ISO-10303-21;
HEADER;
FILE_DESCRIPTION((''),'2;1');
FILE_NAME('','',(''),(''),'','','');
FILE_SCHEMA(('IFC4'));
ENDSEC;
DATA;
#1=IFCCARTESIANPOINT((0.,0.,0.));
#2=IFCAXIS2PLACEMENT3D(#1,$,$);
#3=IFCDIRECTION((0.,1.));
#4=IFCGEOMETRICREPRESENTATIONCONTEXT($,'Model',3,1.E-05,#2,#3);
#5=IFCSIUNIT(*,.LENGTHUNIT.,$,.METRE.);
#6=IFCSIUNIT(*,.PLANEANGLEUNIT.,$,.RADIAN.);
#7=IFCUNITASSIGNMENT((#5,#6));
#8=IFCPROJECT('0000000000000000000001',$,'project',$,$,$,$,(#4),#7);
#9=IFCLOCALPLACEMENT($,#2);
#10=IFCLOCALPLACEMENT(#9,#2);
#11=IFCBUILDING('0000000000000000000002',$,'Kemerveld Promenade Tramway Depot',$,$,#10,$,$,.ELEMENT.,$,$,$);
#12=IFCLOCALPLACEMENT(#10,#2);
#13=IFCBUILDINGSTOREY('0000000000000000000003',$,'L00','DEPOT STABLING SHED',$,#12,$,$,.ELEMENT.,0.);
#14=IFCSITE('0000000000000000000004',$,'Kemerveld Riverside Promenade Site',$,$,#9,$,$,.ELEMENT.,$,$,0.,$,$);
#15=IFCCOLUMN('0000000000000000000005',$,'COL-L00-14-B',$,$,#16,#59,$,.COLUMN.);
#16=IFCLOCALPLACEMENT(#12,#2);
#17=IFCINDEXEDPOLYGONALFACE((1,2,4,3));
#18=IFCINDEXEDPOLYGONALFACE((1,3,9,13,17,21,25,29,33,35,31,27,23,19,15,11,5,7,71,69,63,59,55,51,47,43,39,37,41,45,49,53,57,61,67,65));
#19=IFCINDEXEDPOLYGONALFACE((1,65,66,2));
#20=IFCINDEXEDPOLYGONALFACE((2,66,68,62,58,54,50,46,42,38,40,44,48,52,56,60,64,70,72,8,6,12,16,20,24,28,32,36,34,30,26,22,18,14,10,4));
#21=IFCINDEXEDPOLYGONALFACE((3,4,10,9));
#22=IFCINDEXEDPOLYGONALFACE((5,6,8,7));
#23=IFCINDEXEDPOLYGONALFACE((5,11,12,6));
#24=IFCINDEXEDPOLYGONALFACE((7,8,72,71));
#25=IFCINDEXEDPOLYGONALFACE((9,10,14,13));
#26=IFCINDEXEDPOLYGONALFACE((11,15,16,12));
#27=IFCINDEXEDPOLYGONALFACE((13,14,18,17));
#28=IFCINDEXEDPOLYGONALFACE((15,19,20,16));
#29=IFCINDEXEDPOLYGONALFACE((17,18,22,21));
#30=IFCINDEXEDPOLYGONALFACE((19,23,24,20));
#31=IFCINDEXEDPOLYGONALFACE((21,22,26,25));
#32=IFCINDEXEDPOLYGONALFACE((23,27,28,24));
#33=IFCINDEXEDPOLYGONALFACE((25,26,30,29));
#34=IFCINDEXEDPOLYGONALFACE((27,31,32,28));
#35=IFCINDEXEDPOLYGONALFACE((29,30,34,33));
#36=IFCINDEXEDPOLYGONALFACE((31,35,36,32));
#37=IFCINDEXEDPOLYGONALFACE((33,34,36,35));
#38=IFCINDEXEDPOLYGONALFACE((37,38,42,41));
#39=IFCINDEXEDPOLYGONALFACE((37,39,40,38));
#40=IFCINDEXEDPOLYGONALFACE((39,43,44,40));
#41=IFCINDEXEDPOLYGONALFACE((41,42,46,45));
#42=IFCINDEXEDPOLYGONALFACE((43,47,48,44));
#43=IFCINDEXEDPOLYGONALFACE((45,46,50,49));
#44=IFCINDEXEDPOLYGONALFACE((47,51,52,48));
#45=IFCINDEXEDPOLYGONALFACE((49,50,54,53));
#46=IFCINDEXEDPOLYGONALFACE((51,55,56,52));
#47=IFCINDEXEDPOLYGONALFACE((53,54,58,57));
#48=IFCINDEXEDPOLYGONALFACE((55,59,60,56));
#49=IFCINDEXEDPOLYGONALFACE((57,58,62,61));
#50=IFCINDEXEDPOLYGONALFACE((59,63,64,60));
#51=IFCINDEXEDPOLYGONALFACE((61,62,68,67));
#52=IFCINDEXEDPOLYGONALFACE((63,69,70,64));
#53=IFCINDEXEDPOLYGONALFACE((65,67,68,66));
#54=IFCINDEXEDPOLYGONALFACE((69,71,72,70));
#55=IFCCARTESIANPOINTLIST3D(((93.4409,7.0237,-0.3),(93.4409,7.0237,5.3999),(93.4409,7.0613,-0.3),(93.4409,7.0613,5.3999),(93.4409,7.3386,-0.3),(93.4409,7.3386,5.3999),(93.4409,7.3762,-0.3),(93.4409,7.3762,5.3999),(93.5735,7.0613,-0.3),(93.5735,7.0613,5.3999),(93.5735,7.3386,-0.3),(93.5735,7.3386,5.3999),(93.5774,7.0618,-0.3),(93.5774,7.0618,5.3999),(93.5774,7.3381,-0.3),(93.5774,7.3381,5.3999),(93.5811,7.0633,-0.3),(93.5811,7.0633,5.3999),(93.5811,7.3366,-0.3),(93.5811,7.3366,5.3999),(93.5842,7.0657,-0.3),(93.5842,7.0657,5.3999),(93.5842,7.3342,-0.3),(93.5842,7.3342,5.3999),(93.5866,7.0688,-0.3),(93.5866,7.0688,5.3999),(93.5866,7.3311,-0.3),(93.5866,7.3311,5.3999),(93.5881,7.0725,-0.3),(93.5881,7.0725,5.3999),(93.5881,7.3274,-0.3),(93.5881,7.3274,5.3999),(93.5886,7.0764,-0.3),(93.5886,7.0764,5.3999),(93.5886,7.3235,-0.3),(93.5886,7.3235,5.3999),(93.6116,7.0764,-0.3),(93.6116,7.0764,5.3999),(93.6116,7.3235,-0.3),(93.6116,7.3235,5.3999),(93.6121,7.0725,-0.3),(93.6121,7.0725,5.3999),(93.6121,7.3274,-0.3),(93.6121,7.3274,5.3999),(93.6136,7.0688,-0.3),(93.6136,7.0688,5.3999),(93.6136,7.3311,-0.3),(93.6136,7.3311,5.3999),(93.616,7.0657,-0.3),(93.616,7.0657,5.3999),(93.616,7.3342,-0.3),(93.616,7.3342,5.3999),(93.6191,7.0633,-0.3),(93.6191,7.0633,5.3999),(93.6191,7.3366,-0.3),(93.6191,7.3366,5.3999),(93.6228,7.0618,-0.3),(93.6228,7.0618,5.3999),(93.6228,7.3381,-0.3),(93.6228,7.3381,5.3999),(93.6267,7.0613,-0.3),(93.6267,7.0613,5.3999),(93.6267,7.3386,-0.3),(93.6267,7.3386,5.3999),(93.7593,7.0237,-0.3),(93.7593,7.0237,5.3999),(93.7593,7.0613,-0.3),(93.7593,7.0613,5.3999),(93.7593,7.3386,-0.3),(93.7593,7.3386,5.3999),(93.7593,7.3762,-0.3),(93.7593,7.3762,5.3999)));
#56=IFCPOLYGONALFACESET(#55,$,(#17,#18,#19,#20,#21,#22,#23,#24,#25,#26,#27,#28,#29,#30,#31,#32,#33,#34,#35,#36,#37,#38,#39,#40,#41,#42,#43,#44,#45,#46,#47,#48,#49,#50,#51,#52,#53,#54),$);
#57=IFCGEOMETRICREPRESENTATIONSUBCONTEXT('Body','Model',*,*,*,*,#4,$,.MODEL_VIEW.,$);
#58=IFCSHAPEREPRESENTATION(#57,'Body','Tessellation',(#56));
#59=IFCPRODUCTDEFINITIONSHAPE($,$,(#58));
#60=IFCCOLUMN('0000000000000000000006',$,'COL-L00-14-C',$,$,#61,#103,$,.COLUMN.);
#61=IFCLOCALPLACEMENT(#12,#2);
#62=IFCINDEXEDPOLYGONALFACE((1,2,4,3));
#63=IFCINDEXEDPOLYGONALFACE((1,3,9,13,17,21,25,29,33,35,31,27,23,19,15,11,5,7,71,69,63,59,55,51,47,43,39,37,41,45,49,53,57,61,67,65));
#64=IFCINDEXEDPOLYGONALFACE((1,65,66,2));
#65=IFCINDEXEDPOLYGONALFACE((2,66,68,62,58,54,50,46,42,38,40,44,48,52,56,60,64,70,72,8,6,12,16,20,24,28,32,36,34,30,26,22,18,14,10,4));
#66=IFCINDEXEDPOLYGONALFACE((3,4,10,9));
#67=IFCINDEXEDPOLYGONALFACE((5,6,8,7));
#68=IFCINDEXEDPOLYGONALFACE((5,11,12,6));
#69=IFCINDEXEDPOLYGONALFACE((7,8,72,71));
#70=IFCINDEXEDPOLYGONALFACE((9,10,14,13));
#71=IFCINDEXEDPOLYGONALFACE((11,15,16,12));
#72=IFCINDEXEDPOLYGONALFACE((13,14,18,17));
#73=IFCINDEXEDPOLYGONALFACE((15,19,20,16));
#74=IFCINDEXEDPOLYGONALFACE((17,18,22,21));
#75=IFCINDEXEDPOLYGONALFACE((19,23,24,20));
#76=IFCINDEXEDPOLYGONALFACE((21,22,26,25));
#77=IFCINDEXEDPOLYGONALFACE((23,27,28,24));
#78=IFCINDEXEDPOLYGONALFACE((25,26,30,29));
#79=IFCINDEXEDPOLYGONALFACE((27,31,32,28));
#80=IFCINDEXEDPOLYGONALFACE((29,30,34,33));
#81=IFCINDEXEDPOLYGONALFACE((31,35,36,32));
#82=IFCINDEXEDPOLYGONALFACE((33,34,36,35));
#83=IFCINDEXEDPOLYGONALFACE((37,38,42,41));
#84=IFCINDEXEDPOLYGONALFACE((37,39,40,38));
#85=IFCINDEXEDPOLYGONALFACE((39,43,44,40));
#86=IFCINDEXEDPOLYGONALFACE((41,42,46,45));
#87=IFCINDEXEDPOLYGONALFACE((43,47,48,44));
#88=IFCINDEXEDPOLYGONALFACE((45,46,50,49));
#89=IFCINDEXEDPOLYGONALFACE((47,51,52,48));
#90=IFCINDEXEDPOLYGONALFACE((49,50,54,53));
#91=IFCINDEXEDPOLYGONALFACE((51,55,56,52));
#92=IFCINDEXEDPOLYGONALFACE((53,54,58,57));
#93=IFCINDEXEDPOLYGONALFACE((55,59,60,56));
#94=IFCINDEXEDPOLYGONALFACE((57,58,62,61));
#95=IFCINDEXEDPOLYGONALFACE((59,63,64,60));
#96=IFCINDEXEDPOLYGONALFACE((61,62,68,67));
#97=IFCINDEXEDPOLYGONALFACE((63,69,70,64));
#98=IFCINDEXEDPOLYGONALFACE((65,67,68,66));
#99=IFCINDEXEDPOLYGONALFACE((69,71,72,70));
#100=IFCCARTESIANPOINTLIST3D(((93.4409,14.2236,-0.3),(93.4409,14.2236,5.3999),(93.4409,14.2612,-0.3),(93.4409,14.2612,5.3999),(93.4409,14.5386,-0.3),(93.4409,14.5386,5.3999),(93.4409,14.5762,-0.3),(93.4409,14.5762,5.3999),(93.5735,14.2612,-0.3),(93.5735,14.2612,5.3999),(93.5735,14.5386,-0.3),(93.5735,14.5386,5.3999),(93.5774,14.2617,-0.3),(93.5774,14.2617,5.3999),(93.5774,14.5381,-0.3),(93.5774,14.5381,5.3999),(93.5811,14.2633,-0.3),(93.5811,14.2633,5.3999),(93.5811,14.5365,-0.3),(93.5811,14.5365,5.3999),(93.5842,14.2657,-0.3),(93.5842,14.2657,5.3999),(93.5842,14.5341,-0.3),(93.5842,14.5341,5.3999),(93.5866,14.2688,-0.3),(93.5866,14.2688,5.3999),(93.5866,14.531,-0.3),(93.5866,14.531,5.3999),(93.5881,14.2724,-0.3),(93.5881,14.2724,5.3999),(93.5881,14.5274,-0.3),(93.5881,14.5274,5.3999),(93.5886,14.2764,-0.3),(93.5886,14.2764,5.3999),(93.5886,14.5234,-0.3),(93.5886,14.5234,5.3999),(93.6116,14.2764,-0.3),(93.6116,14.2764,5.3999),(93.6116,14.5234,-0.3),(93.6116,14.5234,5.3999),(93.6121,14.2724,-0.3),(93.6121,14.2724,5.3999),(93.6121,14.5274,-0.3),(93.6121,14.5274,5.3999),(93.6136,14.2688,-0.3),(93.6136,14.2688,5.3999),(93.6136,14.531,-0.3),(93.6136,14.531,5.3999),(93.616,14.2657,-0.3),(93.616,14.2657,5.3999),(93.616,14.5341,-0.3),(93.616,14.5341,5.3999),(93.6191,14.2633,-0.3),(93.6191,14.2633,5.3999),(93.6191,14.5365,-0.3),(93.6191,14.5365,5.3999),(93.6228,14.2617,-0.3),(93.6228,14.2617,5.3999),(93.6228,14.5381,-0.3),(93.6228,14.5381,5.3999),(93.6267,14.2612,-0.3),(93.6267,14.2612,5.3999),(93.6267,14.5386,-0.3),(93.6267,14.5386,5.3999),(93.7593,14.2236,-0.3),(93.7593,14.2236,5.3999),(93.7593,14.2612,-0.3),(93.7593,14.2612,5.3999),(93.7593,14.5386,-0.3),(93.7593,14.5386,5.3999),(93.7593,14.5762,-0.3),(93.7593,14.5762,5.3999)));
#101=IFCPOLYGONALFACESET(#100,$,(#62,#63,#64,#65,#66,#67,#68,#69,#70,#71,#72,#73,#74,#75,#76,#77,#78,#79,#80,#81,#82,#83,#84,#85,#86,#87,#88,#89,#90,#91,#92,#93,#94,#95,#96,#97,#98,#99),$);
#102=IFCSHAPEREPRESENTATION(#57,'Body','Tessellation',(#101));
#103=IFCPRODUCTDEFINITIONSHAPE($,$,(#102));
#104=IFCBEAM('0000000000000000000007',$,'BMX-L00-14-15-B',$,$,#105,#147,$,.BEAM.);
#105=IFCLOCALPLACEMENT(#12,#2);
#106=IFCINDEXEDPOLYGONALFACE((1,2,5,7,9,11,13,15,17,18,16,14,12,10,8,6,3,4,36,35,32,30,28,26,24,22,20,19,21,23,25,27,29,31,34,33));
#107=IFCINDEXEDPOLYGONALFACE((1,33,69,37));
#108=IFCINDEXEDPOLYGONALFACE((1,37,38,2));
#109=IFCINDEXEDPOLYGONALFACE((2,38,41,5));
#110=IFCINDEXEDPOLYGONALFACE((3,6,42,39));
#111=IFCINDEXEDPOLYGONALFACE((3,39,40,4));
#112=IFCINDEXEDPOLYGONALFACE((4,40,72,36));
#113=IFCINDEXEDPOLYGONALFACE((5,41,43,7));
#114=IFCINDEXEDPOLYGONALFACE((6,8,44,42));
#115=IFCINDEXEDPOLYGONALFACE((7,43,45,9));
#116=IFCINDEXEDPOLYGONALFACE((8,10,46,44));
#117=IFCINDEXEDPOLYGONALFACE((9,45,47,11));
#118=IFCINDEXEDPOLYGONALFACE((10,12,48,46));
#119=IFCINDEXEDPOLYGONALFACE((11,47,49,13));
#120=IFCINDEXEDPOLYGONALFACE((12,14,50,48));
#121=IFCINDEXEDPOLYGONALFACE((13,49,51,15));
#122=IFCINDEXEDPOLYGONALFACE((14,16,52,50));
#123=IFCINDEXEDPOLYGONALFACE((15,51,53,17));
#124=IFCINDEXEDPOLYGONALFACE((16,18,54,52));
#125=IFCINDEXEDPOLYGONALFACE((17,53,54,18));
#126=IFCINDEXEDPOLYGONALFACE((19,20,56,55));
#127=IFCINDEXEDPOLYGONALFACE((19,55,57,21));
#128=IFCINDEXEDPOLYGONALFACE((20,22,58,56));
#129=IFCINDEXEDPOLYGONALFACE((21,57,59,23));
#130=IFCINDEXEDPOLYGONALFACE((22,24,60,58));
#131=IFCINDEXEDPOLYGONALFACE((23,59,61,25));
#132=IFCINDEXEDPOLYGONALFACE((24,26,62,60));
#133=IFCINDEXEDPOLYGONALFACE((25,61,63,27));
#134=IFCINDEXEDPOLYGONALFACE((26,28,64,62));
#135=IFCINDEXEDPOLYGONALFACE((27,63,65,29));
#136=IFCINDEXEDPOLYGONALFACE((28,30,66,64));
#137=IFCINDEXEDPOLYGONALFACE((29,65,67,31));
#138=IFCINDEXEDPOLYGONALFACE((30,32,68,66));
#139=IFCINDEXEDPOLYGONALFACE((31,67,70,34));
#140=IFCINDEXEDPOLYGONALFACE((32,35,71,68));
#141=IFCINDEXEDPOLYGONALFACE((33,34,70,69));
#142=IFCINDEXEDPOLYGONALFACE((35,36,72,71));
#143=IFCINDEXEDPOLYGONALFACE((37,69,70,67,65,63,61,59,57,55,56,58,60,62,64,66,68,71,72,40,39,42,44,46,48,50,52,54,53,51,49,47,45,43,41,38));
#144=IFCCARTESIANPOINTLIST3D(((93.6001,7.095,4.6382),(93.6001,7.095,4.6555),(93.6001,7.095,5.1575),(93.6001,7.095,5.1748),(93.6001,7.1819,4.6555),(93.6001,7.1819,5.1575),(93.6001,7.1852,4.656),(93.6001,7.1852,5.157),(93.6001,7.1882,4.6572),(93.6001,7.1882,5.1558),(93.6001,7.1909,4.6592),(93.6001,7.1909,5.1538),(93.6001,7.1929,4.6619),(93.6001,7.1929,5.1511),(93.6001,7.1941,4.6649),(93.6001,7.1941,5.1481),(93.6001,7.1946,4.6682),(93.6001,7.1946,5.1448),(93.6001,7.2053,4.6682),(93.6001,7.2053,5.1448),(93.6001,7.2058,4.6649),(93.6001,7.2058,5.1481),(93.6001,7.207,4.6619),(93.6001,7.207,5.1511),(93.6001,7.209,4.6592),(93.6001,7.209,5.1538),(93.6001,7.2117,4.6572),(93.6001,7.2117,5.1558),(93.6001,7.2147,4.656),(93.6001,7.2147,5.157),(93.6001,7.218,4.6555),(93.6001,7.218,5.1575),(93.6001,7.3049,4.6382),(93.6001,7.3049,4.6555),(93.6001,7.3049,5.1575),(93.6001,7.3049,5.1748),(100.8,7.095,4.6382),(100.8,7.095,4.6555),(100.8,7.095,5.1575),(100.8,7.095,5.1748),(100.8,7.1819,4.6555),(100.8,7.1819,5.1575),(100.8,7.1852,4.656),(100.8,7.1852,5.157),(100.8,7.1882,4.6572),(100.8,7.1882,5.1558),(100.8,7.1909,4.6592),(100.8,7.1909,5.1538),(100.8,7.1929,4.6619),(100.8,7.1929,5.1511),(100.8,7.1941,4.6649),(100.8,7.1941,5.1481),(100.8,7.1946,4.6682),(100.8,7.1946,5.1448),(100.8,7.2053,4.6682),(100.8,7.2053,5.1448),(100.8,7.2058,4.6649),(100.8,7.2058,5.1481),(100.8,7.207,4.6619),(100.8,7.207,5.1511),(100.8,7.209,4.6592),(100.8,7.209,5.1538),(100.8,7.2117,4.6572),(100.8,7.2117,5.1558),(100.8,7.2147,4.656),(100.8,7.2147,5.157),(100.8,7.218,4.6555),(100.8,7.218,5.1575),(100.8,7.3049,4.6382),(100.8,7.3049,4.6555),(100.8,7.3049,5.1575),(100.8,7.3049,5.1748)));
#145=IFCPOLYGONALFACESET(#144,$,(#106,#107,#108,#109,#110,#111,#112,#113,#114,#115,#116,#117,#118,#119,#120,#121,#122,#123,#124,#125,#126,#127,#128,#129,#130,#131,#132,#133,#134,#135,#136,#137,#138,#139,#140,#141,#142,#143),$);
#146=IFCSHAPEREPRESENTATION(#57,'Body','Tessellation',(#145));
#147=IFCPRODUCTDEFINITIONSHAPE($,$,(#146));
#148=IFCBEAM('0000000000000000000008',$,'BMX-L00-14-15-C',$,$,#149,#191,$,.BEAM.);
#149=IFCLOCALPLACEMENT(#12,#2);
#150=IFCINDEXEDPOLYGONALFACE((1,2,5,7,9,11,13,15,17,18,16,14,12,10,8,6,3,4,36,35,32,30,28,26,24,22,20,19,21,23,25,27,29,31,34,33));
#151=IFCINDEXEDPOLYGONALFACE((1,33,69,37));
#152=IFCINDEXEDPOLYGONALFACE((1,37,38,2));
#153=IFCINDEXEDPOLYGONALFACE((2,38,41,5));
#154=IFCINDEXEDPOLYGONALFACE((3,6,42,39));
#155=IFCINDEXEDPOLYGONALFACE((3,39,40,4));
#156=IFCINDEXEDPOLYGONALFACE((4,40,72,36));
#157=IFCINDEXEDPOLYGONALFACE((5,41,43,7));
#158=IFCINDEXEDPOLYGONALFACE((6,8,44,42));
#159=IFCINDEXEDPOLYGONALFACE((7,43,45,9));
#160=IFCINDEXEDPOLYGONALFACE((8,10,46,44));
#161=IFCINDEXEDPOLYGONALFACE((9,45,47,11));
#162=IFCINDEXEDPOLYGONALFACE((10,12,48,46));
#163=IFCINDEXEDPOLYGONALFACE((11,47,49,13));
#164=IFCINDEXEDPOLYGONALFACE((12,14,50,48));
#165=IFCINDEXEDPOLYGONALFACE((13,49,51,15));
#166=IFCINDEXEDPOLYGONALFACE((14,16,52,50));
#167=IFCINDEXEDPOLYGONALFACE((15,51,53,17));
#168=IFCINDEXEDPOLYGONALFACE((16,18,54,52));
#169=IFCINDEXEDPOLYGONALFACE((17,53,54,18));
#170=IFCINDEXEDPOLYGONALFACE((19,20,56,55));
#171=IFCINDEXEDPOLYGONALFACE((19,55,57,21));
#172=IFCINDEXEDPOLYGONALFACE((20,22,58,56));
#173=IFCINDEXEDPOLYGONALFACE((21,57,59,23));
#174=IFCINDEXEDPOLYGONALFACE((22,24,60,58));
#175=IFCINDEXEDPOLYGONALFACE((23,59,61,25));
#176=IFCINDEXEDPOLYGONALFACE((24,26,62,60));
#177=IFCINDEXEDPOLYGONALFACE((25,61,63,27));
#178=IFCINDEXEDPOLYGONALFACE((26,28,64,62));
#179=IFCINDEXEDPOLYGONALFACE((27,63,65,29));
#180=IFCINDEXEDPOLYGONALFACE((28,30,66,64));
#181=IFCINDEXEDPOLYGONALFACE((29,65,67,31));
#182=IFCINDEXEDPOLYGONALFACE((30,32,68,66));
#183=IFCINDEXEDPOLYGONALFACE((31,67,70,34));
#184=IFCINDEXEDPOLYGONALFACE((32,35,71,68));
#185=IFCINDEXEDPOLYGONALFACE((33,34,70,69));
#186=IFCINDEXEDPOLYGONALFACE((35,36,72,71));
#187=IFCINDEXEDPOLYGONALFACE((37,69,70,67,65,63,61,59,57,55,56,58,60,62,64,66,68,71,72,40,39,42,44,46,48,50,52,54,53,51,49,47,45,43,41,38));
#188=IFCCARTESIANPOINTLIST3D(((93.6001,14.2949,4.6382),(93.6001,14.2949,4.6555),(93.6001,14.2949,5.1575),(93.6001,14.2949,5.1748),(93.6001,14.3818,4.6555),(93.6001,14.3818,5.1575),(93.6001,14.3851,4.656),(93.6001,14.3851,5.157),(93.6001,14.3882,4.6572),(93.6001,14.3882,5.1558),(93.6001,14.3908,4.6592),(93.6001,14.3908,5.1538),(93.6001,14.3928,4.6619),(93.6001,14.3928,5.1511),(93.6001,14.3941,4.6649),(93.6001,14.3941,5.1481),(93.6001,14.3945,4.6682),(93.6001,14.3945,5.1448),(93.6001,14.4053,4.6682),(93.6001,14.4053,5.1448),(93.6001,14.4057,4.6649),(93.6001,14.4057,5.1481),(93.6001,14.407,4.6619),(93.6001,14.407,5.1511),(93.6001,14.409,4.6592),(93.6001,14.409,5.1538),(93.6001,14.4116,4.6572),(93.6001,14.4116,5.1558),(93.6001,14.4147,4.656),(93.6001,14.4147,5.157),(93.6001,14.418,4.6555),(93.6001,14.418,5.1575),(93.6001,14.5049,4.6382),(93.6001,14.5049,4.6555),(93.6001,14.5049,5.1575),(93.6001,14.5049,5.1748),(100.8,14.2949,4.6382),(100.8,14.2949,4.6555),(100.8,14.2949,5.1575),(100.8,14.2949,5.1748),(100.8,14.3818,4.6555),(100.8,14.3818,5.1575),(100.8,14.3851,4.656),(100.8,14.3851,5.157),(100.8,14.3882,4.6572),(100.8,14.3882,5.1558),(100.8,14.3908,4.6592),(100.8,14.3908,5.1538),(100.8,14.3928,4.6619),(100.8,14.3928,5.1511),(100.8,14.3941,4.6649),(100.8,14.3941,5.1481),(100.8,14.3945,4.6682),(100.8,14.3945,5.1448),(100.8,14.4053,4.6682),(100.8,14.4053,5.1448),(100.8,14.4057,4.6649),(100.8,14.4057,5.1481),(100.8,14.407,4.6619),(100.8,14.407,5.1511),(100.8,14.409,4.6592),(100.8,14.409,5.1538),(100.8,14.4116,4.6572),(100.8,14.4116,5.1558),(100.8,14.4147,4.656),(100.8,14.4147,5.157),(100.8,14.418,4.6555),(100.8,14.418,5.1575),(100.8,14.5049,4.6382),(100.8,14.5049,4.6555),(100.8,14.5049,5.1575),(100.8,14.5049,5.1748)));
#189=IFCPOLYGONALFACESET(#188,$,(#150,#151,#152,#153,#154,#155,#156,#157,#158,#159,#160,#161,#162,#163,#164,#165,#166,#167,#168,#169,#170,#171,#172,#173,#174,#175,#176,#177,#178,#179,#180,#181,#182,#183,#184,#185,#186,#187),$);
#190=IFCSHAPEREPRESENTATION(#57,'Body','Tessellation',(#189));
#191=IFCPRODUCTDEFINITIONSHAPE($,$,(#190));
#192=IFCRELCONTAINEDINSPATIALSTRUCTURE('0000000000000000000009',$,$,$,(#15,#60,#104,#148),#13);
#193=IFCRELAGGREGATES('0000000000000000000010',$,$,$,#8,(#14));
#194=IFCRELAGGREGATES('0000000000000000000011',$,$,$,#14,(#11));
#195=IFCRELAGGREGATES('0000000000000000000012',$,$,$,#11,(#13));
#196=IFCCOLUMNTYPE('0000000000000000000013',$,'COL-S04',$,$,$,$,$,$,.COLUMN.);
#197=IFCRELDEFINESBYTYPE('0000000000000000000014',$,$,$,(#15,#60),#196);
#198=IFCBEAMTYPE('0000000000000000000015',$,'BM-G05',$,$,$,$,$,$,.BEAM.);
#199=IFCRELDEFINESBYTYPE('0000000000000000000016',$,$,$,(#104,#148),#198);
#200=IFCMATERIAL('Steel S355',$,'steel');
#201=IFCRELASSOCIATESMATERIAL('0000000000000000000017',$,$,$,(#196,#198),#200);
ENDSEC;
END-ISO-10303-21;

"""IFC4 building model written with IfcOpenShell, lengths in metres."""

from ifc_helpers import new_model, si_unit, direction, frame, origin, origin_2d, place, context, subcontext, project, spatial, i_section, extrude, material, material_profile, profile_set, type_object, element, save


model = new_model("IFC4")

# Units and contexts
model_context = context("Model", 3, precision=1e-05, world=origin(), true_north=direction((0.0, 1.0)))
body_context = subcontext(model_context, "Body", "Model", "MODEL_VIEW")
ifc_project = project(units=[si_unit("LENGTHUNIT", "METRE"), si_unit("PLANEANGLEUNIT", "RADIAN")], contexts=[model_context])

# Site, building, storey
site_placement = place(None, origin())
site = spatial("IfcSite", under=ifc_project, at=site_placement, Name="Kemerveld Riverside Promenade Site", CompositionType="ELEMENT", RefElevation=0.0)
building_placement = place(site_placement, origin())
building = spatial("IfcBuilding", under=site, at=building_placement, Name="Kemerveld Promenade Tramway Depot", CompositionType="ELEMENT")
storey_placement = place(building_placement, origin())
storey = spatial("IfcBuildingStorey", under=building, at=storey_placement, Name="L00", Description="DEPOT STABLING SHED", CompositionType="ELEMENT", Elevation=0.0)

# Columns
ifc_material_1 = material(Name="Steel S355", Category="steel")
ifc_material_profile_1 = material_profile(ifc_material_1, i_section(OverallWidth=0.3184, OverallDepth=0.3525, WebThickness=0.0229, FlangeThickness=0.0376, FilletRadius=0.0151, at=origin_2d()), Name="305x305x240 UC")
ifc_profile_set_1 = profile_set([ifc_material_profile_1], Name="Steel S355")
column_type = type_object("IfcColumnType", Name="COL-S04", PredefinedType="COLUMN", material=ifc_profile_set_1)
for number, where, z_axis, x_axis, name in (
    (1, (93.6001, 7.2, -0.3), (0.0, 0.0, 1.0), (1.0, 0.0, 0.0), "COL-L00-14-B"),
    (2, (93.6001, 14.3999, -0.3), (0.0, 0.0, 1.0), (1.0, 0.0, 0.0), "COL-L00-14-C"),
):
    element("IfcColumn", number, at=place(storey_placement, frame(where, z_axis=z_axis, x_axis=x_axis)), inside=storey, type_object=column_type, Name=name, PredefinedType="COLUMN", context=body_context, shape_type="SweptSolid", body=[
        extrude(i_section(OverallWidth=0.3184, OverallDepth=0.3525, WebThickness=0.0229, FlangeThickness=0.0376, FilletRadius=0.0151, at=origin_2d()), origin(), (0.0, 0.0, 1.0), 5.7),
    ])

# Beams
ifc_material_profile_2 = material_profile(ifc_material_1, i_section(OverallWidth=0.21, OverallDepth=0.5366, WebThickness=0.0107, FlangeThickness=0.0173, FilletRadius=0.0127, at=origin_2d()), Name="533x210x101 UB")
ifc_profile_set_2 = profile_set([ifc_material_profile_2], Name="Steel S355")
beam_type_1 = type_object("IfcBeamType", Name="BM-G05", PredefinedType="BEAM", material=ifc_profile_set_2)
for number, where, z_axis, x_axis, name in (
    (3, (93.6001, 7.2, 4.9065), (1.0, 0.0, 0.0), (0.0, 1.0, 0.0), "BMX-L00-14-15-B"),
    (4, (93.6001, 14.3999, 4.9065), (1.0, 0.0, 0.0), (0.0, 1.0, 0.0), "BMX-L00-14-15-C"),
):
    element("IfcBeam", number, at=place(storey_placement, frame(where, z_axis=z_axis, x_axis=x_axis)), inside=storey, type_object=beam_type_1, Name=name, PredefinedType="BEAM", context=body_context, shape_type="SweptSolid", body=[
        extrude(i_section(OverallWidth=0.21, OverallDepth=0.5366, WebThickness=0.0107, FlangeThickness=0.0173, FilletRadius=0.0127, at=origin_2d()), origin(), (0.0, 0.0, 1.0), 7.2),
    ])

save(model, "model.ifc")
